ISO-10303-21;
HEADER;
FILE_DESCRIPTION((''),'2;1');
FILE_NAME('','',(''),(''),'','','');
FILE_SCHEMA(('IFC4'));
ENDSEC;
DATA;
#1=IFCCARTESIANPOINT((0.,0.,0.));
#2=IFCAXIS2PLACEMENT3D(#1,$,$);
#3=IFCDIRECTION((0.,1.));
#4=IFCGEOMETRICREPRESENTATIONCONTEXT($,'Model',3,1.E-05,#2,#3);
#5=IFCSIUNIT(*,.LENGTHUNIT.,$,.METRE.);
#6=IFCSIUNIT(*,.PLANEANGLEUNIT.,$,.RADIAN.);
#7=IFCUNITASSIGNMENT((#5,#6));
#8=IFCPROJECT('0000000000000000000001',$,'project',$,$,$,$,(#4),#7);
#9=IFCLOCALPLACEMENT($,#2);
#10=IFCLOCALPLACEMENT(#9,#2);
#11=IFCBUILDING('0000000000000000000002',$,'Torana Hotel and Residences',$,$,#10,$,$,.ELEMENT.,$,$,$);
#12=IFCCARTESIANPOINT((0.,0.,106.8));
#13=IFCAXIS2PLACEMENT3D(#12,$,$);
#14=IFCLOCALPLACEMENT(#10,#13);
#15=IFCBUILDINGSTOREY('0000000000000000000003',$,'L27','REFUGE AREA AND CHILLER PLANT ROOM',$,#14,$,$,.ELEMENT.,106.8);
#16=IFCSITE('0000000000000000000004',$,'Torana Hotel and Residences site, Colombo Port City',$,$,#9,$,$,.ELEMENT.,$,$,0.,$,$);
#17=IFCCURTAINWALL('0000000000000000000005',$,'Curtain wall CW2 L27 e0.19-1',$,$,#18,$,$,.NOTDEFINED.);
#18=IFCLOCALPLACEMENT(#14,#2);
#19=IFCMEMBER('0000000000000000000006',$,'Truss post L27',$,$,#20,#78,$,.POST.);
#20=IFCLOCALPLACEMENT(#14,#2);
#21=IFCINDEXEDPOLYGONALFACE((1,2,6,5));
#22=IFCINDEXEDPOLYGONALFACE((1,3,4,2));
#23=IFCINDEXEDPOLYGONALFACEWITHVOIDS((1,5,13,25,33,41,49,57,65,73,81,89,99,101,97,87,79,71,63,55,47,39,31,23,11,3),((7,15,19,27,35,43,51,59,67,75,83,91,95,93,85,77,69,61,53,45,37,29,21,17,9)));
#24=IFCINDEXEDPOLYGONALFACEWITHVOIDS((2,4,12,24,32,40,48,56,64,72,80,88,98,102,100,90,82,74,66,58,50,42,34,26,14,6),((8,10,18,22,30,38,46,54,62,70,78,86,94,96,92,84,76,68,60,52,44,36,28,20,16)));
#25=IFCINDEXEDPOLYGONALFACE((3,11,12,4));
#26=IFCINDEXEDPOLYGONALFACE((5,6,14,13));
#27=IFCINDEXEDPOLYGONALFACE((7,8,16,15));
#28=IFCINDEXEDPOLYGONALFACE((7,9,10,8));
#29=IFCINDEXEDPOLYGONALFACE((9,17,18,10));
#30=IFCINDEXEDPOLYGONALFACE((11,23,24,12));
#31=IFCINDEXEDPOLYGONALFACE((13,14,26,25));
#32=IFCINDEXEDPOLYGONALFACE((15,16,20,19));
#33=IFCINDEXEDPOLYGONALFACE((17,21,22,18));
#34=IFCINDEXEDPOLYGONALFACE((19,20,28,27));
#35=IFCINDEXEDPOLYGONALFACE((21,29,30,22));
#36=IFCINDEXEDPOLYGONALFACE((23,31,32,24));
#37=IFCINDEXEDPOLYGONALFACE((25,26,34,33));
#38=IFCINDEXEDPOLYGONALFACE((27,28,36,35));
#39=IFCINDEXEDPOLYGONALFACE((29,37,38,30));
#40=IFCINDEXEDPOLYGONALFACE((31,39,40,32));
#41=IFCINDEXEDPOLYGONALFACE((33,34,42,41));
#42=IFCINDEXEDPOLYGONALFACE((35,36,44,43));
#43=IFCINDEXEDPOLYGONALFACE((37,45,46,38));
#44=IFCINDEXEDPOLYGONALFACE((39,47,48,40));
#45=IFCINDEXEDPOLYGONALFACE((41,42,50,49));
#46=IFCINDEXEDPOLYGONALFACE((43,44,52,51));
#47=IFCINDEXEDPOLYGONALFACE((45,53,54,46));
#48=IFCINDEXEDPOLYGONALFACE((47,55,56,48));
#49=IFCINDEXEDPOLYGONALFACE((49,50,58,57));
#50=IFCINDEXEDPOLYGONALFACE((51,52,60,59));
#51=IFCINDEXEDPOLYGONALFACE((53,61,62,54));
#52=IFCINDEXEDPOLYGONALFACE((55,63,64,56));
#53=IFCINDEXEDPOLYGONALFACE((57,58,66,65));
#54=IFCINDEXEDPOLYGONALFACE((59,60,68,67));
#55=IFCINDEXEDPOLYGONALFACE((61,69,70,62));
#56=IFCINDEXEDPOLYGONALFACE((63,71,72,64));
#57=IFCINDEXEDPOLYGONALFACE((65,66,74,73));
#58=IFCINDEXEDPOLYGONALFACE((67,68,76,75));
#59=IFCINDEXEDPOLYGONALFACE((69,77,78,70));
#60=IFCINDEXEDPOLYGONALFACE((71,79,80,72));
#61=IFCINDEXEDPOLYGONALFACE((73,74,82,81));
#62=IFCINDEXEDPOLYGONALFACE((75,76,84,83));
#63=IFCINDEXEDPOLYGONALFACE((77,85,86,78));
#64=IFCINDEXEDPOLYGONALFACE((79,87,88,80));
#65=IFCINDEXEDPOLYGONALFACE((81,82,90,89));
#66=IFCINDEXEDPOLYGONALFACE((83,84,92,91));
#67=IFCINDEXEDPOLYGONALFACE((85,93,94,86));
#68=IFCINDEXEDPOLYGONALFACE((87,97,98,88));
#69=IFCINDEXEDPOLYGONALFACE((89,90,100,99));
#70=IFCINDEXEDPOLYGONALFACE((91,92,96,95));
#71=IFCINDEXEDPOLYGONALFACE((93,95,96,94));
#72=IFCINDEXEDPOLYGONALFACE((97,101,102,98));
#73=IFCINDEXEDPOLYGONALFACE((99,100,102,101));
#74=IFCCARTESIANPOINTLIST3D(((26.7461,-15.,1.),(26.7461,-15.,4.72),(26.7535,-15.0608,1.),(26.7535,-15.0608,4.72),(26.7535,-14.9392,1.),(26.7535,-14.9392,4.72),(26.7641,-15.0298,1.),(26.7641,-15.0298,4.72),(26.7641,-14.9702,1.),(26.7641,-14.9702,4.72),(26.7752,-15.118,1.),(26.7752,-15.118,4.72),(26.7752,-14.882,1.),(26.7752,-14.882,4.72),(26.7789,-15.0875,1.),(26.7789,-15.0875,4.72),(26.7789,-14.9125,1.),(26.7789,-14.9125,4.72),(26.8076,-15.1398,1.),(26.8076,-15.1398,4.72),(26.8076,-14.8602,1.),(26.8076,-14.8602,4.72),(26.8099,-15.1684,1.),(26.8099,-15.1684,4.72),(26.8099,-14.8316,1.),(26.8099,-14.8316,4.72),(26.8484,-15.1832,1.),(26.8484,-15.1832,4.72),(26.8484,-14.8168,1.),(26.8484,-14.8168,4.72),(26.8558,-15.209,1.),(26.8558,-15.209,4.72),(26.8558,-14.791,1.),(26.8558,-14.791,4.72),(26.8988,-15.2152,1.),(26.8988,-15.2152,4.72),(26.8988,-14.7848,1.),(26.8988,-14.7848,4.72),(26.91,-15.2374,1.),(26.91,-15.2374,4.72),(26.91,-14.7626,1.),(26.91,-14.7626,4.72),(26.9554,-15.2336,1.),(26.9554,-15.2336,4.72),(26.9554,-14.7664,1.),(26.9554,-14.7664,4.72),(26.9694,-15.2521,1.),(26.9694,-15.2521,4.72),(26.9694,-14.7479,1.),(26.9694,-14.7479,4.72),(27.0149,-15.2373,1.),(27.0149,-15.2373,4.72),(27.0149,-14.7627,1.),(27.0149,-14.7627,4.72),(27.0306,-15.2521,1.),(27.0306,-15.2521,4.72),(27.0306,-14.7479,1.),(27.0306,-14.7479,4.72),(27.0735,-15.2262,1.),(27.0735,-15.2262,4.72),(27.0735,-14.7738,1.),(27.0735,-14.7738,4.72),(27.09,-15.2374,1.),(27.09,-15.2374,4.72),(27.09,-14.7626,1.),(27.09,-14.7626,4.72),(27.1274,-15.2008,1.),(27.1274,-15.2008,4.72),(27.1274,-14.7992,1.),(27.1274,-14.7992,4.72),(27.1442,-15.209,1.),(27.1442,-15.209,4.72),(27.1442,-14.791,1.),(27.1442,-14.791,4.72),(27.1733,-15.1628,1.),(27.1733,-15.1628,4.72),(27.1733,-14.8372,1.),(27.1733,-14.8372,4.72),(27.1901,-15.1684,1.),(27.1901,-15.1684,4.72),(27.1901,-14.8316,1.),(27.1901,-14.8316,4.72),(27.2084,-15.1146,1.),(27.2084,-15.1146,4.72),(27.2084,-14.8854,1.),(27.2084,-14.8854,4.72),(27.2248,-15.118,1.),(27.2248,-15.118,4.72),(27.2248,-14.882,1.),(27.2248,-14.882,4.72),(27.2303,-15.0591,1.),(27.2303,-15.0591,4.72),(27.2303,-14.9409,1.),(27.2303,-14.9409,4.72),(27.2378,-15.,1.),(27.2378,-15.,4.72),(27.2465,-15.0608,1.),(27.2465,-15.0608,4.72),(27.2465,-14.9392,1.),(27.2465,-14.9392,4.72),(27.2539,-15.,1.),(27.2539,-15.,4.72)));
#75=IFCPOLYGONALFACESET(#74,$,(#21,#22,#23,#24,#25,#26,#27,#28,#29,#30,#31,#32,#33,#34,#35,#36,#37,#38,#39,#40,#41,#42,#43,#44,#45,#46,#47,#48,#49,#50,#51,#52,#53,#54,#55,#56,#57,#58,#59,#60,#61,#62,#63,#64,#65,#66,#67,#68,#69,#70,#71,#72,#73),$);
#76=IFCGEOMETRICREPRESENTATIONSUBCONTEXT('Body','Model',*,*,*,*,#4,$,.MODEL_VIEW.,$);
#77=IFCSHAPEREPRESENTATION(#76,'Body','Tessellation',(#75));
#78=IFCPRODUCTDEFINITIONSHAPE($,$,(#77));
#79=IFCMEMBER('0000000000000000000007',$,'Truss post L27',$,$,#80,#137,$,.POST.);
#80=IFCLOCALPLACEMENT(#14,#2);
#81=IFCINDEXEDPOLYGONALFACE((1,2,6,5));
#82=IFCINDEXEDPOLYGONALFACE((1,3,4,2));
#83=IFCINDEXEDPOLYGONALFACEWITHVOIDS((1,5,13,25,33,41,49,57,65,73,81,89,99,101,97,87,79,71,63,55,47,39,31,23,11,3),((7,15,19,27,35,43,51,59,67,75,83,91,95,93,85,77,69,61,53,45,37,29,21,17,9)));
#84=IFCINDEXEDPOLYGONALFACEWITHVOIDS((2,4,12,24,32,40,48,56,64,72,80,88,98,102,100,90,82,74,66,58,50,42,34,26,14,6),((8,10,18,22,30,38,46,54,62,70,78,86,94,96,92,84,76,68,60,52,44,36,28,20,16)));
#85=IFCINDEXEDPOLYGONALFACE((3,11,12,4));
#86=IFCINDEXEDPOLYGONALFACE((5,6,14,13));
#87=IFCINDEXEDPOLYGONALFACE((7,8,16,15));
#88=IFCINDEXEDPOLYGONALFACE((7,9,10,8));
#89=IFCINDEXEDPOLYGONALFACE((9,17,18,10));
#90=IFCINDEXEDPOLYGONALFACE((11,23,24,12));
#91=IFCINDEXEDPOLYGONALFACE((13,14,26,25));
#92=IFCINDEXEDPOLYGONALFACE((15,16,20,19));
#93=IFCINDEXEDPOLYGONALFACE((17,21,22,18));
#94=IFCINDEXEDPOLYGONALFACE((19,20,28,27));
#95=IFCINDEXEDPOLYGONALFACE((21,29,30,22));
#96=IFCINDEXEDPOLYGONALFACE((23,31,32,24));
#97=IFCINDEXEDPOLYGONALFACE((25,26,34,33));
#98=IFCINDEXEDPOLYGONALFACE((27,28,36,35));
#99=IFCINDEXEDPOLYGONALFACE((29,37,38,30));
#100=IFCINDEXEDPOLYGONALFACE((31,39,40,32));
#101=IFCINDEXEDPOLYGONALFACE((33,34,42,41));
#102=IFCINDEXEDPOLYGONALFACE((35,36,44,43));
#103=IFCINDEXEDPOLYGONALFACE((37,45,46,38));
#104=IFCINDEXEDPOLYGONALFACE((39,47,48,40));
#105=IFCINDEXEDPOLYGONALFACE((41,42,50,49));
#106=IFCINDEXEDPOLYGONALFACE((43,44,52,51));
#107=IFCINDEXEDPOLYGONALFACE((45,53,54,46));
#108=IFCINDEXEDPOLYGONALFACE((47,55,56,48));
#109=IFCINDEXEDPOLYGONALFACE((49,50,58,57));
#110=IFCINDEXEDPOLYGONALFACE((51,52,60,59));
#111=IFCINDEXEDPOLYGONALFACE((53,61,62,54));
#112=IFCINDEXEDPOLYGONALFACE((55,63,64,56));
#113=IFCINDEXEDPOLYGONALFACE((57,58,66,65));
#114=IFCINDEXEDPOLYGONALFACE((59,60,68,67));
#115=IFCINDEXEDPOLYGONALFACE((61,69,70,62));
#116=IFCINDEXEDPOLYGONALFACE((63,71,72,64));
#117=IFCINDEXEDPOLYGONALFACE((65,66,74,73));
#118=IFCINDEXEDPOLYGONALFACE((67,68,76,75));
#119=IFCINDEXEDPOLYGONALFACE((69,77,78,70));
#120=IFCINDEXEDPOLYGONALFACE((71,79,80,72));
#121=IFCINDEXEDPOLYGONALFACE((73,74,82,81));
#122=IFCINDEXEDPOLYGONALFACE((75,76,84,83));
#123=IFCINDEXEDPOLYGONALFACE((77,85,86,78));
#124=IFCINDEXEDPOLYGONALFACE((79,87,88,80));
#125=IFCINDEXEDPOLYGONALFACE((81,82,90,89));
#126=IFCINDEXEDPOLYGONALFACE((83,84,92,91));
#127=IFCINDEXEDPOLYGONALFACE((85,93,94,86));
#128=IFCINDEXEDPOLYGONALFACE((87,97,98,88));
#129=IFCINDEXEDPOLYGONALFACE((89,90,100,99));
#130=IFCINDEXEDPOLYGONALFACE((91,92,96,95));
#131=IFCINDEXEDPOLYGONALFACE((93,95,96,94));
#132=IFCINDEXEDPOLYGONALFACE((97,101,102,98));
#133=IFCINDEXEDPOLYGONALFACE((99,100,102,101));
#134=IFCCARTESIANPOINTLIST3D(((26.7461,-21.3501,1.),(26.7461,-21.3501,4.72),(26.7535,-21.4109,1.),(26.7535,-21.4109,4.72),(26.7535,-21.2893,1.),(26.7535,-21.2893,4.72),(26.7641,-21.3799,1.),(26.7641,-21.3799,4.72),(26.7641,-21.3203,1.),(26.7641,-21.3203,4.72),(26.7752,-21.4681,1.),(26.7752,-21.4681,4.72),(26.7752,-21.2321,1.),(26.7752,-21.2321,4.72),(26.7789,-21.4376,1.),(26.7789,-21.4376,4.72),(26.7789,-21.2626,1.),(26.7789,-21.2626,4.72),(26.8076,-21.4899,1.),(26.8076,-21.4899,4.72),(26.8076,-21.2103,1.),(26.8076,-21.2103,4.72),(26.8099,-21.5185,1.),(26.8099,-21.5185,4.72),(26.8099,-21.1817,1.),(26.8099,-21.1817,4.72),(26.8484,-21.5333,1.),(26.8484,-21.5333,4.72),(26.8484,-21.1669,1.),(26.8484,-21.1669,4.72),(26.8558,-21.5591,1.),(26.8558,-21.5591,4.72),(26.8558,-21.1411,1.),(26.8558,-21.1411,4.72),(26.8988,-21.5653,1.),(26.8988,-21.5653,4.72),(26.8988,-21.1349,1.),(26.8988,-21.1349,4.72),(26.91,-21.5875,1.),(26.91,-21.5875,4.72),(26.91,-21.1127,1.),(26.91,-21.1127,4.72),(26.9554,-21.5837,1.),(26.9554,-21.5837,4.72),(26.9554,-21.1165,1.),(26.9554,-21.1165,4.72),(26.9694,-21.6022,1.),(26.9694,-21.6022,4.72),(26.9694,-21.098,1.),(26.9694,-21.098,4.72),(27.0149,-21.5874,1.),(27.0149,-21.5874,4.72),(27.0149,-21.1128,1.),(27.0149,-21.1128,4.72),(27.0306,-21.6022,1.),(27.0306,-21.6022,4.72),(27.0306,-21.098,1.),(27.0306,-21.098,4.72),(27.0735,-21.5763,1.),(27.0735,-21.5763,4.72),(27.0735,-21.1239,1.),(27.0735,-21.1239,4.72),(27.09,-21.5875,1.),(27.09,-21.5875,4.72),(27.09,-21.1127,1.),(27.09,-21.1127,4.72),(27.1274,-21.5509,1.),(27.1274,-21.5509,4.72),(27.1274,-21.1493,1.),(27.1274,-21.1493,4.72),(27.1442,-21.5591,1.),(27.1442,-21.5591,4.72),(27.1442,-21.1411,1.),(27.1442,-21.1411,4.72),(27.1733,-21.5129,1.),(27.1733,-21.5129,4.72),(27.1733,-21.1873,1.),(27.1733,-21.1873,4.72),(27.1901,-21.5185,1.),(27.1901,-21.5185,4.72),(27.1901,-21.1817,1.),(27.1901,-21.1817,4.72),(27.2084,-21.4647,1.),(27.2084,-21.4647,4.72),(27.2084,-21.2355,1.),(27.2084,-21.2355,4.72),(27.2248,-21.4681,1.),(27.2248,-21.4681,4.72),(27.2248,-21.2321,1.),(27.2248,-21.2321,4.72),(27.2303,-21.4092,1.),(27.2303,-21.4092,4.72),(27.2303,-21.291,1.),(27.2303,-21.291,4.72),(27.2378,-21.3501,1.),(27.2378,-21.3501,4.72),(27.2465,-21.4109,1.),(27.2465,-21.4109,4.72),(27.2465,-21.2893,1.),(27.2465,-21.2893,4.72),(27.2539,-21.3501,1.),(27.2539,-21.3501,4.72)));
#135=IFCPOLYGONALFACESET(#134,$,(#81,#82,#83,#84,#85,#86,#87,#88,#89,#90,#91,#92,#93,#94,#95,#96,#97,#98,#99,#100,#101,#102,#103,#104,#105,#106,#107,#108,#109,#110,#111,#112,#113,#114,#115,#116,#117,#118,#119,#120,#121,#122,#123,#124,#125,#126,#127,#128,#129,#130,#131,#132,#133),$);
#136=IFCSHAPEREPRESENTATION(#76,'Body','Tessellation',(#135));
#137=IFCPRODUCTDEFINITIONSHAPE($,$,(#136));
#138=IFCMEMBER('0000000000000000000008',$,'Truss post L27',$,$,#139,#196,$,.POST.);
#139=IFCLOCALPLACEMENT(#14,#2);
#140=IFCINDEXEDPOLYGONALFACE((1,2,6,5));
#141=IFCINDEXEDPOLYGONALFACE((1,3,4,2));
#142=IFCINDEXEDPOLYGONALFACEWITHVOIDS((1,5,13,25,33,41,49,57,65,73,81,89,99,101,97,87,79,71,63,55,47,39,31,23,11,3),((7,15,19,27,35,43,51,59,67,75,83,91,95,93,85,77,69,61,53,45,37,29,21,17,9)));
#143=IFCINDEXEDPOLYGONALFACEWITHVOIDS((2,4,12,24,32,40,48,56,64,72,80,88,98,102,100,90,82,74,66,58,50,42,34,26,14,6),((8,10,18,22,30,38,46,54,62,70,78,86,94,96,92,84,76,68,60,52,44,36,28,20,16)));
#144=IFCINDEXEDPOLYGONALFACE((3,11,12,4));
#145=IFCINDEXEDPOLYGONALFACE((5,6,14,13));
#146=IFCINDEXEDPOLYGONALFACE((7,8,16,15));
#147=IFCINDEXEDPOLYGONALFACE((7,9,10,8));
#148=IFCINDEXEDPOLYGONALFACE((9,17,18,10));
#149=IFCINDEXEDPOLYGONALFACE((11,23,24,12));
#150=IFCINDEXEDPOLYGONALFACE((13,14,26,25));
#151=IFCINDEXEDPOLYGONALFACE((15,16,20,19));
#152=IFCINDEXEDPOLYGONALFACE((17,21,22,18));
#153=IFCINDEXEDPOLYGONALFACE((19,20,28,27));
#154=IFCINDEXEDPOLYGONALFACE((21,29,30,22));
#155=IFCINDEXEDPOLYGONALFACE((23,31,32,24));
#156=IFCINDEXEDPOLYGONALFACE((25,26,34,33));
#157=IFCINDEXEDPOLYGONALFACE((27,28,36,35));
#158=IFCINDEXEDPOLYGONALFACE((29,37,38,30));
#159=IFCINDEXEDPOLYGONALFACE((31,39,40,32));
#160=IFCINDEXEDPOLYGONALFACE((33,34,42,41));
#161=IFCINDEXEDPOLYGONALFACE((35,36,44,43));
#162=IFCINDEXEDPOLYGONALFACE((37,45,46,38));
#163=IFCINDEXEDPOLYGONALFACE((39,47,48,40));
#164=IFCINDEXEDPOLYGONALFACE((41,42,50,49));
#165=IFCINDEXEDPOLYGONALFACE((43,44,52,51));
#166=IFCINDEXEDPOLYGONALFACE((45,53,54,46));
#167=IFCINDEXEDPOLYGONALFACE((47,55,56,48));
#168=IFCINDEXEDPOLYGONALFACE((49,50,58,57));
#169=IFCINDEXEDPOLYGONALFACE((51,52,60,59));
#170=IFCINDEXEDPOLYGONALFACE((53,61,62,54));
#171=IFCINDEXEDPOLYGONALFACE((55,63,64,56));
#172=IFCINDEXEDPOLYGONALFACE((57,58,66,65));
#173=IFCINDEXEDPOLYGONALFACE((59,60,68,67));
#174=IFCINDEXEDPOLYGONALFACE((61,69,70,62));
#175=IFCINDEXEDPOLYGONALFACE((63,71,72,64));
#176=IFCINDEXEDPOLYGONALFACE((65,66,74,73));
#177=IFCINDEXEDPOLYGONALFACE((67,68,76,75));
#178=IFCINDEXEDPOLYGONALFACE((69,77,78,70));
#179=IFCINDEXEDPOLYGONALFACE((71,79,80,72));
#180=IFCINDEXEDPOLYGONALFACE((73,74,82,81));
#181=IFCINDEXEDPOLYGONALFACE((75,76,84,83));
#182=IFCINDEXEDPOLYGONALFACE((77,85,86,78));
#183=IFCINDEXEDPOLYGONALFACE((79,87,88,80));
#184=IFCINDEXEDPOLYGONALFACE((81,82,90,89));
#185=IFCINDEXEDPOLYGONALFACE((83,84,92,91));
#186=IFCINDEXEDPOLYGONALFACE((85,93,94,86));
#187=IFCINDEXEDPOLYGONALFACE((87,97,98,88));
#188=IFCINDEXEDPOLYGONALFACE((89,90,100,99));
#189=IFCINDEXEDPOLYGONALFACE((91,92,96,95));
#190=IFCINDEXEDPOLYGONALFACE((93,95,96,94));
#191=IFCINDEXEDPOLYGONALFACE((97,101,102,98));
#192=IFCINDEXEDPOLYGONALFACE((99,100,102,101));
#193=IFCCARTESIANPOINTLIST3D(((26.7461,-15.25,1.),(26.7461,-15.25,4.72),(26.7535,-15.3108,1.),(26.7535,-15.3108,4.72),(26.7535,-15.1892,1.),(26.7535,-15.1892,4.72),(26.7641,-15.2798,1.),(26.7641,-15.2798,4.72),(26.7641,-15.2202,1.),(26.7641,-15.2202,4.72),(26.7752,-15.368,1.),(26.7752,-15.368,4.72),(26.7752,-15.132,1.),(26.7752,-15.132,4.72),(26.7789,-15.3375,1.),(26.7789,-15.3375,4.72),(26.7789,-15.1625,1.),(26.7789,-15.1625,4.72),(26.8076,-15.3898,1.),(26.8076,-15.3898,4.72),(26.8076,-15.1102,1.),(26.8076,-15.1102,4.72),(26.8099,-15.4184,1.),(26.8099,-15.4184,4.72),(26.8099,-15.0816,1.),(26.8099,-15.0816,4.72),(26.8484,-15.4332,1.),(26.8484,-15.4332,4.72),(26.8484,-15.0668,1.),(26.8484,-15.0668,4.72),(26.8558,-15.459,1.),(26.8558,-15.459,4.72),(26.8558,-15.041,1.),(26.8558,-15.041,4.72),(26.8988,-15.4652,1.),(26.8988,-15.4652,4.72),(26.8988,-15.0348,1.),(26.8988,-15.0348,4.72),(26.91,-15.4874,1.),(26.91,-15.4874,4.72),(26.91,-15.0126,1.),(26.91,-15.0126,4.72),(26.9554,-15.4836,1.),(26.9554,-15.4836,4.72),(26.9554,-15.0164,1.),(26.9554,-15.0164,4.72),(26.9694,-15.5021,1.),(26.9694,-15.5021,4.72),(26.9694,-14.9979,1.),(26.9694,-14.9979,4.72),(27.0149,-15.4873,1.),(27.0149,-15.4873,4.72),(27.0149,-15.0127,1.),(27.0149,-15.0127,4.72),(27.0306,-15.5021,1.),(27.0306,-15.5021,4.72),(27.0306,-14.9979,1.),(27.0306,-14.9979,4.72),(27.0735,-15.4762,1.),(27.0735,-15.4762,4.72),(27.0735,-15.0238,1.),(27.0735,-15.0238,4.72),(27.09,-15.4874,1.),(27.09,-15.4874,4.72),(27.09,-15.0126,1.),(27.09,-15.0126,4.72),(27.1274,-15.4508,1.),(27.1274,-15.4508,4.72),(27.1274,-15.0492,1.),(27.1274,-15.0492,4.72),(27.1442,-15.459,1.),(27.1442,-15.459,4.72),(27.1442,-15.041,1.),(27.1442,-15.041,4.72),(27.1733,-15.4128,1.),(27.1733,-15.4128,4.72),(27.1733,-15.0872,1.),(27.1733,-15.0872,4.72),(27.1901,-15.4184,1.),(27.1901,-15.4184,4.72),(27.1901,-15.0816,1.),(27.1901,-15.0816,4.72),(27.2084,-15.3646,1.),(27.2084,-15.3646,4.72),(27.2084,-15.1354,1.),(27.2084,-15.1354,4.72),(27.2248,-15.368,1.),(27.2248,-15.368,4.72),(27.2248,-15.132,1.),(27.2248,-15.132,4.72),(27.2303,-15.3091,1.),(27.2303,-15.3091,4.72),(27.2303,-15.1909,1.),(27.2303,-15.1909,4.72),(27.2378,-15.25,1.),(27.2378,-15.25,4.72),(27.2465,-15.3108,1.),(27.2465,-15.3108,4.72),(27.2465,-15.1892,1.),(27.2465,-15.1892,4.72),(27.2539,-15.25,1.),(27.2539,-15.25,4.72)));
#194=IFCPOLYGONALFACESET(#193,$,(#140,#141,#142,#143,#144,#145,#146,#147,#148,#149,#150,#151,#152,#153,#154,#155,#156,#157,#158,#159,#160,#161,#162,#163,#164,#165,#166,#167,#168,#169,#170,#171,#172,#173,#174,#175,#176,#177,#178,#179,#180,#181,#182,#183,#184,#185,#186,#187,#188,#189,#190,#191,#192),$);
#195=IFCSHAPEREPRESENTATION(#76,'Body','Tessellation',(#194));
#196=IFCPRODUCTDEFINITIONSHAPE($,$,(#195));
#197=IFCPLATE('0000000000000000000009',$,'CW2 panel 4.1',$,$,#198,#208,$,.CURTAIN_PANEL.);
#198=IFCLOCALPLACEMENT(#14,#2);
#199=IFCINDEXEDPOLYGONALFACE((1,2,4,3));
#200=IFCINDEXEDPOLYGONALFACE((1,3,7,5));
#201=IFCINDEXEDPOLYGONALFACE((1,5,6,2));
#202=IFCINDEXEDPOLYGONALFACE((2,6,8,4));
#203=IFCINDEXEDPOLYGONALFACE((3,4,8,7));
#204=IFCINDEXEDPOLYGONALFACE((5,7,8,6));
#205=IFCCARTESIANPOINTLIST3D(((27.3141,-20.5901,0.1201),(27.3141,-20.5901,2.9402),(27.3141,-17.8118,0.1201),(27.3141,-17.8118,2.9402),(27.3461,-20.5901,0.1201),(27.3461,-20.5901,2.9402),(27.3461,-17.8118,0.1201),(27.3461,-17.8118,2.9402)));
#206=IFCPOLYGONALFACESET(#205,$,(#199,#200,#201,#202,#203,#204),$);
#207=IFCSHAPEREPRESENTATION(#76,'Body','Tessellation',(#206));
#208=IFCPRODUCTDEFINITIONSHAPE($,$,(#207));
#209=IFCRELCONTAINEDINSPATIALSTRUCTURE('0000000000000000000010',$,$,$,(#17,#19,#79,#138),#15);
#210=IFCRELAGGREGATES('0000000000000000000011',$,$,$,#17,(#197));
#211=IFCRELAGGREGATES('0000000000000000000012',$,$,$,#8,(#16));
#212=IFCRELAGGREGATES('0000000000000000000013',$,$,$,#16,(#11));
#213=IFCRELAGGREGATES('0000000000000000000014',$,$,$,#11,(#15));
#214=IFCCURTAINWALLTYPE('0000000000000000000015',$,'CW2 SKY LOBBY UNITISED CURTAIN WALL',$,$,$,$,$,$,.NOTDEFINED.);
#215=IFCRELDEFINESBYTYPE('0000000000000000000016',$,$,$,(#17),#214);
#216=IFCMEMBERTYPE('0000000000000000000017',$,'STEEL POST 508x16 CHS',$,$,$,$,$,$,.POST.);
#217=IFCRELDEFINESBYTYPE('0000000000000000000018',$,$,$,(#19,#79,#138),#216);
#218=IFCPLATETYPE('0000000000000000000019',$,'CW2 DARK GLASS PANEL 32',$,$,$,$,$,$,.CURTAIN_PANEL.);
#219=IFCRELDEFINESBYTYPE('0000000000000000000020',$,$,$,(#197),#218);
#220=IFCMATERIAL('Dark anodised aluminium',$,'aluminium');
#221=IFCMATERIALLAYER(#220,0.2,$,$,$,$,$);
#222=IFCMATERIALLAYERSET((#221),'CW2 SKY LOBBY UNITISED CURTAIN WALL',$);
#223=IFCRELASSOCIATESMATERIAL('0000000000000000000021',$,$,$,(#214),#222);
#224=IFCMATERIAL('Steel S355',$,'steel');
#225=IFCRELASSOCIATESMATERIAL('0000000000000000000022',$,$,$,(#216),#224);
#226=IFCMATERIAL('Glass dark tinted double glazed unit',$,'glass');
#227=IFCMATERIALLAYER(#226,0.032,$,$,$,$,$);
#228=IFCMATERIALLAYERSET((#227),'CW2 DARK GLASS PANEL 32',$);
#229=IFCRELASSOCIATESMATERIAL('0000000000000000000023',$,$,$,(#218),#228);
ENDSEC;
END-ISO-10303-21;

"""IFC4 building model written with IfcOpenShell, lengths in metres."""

from ifc_helpers import new_model, si_unit, direction, frame, origin, origin_2d, place, context, subcontext, project, spatial, rectangle, hollow_circle, extrude, material, layer, layer_set, material_profile, profile_set, type_object, element, aggregate, save


model = new_model("IFC4")

# Units and contexts
model_context = context("Model", 3, precision=1e-05, world=origin(), true_north=direction((0.0, 1.0)))
body_context = subcontext(model_context, "Body", "Model", "MODEL_VIEW")
ifc_project = project(units=[si_unit("LENGTHUNIT", "METRE"), si_unit("PLANEANGLEUNIT", "RADIAN")], contexts=[model_context])

# Site, building, storey
site_placement = place(None, origin())
site = spatial("IfcSite", under=ifc_project, at=site_placement, Name="Torana Hotel and Residences site, Colombo Port City", CompositionType="ELEMENT", RefElevation=0.0)
building_placement = place(site_placement, origin())
building = spatial("IfcBuilding", under=site, at=building_placement, Name="Torana Hotel and Residences", CompositionType="ELEMENT")
storey_placement = place(building_placement, frame((0.0, 0.0, 106.8)))
storey = spatial("IfcBuildingStorey", under=building, at=storey_placement, Name="L27", Description="REFUGE AREA AND CHILLER PLANT ROOM", CompositionType="ELEMENT", Elevation=106.8)

# Curtain wall
ifc_material_1 = material(Name="Dark anodised aluminium", Category="aluminium")
ifc_layer_1 = layer(ifc_material_1, 0.2)
ifc_layer_set_1 = layer_set([ifc_layer_1], Name="CW2 SKY LOBBY UNITISED CURTAIN WALL")
curtain_wall_type = type_object("IfcCurtainWallType", Name="CW2 SKY LOBBY UNITISED CURTAIN WALL", PredefinedType="NOTDEFINED", material=ifc_layer_set_1)
curtain_wall_1_placement = place(storey_placement, origin())
curtain_wall_1 = element("IfcCurtainWall", 1, at=curtain_wall_1_placement, inside=storey, type_object=curtain_wall_type, Name="Curtain wall CW2 L27 e0.19-1", PredefinedType="NOTDEFINED")

# Members
ifc_material_2 = material(Name="Steel S355", Category="steel")
ifc_material_profile_1 = material_profile(ifc_material_2, hollow_circle(Radius=0.2539, WallThickness=0.0161, at=origin_2d()), Name="508x16 CHS")
ifc_profile_set_1 = profile_set([ifc_material_profile_1], Name="Steel S355")
member_type_1 = type_object("IfcMemberType", Name="STEEL POST 508x16 CHS", PredefinedType="POST", material=ifc_profile_set_1)
for number, where, z_axis, x_axis, name in (
    (2, (27.0, -15.0, 1.0), (0.0, 0.0, 1.0), (1.0, 0.0, 0.0), "Truss post L27"),
    (3, (27.0, -21.3501, 1.0), (0.0, 0.0, 1.0), (1.0, 0.0, 0.0), "Truss post L27"),
    (4, (27.0, -15.25, 1.0), (0.0, 0.0, 1.0), (1.0, 0.0, 0.0), "Truss post L27"),
):
    element("IfcMember", number, at=place(storey_placement, frame(where, z_axis=z_axis, x_axis=x_axis)), inside=storey, type_object=member_type_1, Name=name, PredefinedType="POST", context=body_context, shape_type="SweptSolid", body=[
        extrude(hollow_circle(Radius=0.2539, WallThickness=0.0161, at=origin_2d()), origin(), (0.0, 0.0, 1.0), 3.72),
    ])

# Plate
ifc_material_3 = material(Name="Glass dark tinted double glazed unit", Category="glass")
ifc_layer_2 = layer(ifc_material_3, 0.032)
ifc_layer_set_2 = layer_set([ifc_layer_2], Name="CW2 DARK GLASS PANEL 32")
plate_type = type_object("IfcPlateType", Name="CW2 DARK GLASS PANEL 32", PredefinedType="CURTAIN_PANEL", material=ifc_layer_set_2)
plate_1_placement = place(storey_placement, frame((27.3301, -19.2009, 0.1201), z_axis=(0.0, 0.0, 1.0), x_axis=(0.0, 1.0, 0.0)))
plate_1 = element("IfcPlate", 5, at=plate_1_placement, type_object=plate_type, Name="CW2 panel 4.1", PredefinedType="CURTAIN_PANEL", context=body_context, shape_type="SweptSolid", body=[
    extrude(rectangle(XDim=2.7783, YDim=0.032, at=origin_2d()), origin(), (0.0, 0.0, 1.0), 2.8201),
])
aggregate(curtain_wall_1, [plate_1])

save(model, "model.ifc")
